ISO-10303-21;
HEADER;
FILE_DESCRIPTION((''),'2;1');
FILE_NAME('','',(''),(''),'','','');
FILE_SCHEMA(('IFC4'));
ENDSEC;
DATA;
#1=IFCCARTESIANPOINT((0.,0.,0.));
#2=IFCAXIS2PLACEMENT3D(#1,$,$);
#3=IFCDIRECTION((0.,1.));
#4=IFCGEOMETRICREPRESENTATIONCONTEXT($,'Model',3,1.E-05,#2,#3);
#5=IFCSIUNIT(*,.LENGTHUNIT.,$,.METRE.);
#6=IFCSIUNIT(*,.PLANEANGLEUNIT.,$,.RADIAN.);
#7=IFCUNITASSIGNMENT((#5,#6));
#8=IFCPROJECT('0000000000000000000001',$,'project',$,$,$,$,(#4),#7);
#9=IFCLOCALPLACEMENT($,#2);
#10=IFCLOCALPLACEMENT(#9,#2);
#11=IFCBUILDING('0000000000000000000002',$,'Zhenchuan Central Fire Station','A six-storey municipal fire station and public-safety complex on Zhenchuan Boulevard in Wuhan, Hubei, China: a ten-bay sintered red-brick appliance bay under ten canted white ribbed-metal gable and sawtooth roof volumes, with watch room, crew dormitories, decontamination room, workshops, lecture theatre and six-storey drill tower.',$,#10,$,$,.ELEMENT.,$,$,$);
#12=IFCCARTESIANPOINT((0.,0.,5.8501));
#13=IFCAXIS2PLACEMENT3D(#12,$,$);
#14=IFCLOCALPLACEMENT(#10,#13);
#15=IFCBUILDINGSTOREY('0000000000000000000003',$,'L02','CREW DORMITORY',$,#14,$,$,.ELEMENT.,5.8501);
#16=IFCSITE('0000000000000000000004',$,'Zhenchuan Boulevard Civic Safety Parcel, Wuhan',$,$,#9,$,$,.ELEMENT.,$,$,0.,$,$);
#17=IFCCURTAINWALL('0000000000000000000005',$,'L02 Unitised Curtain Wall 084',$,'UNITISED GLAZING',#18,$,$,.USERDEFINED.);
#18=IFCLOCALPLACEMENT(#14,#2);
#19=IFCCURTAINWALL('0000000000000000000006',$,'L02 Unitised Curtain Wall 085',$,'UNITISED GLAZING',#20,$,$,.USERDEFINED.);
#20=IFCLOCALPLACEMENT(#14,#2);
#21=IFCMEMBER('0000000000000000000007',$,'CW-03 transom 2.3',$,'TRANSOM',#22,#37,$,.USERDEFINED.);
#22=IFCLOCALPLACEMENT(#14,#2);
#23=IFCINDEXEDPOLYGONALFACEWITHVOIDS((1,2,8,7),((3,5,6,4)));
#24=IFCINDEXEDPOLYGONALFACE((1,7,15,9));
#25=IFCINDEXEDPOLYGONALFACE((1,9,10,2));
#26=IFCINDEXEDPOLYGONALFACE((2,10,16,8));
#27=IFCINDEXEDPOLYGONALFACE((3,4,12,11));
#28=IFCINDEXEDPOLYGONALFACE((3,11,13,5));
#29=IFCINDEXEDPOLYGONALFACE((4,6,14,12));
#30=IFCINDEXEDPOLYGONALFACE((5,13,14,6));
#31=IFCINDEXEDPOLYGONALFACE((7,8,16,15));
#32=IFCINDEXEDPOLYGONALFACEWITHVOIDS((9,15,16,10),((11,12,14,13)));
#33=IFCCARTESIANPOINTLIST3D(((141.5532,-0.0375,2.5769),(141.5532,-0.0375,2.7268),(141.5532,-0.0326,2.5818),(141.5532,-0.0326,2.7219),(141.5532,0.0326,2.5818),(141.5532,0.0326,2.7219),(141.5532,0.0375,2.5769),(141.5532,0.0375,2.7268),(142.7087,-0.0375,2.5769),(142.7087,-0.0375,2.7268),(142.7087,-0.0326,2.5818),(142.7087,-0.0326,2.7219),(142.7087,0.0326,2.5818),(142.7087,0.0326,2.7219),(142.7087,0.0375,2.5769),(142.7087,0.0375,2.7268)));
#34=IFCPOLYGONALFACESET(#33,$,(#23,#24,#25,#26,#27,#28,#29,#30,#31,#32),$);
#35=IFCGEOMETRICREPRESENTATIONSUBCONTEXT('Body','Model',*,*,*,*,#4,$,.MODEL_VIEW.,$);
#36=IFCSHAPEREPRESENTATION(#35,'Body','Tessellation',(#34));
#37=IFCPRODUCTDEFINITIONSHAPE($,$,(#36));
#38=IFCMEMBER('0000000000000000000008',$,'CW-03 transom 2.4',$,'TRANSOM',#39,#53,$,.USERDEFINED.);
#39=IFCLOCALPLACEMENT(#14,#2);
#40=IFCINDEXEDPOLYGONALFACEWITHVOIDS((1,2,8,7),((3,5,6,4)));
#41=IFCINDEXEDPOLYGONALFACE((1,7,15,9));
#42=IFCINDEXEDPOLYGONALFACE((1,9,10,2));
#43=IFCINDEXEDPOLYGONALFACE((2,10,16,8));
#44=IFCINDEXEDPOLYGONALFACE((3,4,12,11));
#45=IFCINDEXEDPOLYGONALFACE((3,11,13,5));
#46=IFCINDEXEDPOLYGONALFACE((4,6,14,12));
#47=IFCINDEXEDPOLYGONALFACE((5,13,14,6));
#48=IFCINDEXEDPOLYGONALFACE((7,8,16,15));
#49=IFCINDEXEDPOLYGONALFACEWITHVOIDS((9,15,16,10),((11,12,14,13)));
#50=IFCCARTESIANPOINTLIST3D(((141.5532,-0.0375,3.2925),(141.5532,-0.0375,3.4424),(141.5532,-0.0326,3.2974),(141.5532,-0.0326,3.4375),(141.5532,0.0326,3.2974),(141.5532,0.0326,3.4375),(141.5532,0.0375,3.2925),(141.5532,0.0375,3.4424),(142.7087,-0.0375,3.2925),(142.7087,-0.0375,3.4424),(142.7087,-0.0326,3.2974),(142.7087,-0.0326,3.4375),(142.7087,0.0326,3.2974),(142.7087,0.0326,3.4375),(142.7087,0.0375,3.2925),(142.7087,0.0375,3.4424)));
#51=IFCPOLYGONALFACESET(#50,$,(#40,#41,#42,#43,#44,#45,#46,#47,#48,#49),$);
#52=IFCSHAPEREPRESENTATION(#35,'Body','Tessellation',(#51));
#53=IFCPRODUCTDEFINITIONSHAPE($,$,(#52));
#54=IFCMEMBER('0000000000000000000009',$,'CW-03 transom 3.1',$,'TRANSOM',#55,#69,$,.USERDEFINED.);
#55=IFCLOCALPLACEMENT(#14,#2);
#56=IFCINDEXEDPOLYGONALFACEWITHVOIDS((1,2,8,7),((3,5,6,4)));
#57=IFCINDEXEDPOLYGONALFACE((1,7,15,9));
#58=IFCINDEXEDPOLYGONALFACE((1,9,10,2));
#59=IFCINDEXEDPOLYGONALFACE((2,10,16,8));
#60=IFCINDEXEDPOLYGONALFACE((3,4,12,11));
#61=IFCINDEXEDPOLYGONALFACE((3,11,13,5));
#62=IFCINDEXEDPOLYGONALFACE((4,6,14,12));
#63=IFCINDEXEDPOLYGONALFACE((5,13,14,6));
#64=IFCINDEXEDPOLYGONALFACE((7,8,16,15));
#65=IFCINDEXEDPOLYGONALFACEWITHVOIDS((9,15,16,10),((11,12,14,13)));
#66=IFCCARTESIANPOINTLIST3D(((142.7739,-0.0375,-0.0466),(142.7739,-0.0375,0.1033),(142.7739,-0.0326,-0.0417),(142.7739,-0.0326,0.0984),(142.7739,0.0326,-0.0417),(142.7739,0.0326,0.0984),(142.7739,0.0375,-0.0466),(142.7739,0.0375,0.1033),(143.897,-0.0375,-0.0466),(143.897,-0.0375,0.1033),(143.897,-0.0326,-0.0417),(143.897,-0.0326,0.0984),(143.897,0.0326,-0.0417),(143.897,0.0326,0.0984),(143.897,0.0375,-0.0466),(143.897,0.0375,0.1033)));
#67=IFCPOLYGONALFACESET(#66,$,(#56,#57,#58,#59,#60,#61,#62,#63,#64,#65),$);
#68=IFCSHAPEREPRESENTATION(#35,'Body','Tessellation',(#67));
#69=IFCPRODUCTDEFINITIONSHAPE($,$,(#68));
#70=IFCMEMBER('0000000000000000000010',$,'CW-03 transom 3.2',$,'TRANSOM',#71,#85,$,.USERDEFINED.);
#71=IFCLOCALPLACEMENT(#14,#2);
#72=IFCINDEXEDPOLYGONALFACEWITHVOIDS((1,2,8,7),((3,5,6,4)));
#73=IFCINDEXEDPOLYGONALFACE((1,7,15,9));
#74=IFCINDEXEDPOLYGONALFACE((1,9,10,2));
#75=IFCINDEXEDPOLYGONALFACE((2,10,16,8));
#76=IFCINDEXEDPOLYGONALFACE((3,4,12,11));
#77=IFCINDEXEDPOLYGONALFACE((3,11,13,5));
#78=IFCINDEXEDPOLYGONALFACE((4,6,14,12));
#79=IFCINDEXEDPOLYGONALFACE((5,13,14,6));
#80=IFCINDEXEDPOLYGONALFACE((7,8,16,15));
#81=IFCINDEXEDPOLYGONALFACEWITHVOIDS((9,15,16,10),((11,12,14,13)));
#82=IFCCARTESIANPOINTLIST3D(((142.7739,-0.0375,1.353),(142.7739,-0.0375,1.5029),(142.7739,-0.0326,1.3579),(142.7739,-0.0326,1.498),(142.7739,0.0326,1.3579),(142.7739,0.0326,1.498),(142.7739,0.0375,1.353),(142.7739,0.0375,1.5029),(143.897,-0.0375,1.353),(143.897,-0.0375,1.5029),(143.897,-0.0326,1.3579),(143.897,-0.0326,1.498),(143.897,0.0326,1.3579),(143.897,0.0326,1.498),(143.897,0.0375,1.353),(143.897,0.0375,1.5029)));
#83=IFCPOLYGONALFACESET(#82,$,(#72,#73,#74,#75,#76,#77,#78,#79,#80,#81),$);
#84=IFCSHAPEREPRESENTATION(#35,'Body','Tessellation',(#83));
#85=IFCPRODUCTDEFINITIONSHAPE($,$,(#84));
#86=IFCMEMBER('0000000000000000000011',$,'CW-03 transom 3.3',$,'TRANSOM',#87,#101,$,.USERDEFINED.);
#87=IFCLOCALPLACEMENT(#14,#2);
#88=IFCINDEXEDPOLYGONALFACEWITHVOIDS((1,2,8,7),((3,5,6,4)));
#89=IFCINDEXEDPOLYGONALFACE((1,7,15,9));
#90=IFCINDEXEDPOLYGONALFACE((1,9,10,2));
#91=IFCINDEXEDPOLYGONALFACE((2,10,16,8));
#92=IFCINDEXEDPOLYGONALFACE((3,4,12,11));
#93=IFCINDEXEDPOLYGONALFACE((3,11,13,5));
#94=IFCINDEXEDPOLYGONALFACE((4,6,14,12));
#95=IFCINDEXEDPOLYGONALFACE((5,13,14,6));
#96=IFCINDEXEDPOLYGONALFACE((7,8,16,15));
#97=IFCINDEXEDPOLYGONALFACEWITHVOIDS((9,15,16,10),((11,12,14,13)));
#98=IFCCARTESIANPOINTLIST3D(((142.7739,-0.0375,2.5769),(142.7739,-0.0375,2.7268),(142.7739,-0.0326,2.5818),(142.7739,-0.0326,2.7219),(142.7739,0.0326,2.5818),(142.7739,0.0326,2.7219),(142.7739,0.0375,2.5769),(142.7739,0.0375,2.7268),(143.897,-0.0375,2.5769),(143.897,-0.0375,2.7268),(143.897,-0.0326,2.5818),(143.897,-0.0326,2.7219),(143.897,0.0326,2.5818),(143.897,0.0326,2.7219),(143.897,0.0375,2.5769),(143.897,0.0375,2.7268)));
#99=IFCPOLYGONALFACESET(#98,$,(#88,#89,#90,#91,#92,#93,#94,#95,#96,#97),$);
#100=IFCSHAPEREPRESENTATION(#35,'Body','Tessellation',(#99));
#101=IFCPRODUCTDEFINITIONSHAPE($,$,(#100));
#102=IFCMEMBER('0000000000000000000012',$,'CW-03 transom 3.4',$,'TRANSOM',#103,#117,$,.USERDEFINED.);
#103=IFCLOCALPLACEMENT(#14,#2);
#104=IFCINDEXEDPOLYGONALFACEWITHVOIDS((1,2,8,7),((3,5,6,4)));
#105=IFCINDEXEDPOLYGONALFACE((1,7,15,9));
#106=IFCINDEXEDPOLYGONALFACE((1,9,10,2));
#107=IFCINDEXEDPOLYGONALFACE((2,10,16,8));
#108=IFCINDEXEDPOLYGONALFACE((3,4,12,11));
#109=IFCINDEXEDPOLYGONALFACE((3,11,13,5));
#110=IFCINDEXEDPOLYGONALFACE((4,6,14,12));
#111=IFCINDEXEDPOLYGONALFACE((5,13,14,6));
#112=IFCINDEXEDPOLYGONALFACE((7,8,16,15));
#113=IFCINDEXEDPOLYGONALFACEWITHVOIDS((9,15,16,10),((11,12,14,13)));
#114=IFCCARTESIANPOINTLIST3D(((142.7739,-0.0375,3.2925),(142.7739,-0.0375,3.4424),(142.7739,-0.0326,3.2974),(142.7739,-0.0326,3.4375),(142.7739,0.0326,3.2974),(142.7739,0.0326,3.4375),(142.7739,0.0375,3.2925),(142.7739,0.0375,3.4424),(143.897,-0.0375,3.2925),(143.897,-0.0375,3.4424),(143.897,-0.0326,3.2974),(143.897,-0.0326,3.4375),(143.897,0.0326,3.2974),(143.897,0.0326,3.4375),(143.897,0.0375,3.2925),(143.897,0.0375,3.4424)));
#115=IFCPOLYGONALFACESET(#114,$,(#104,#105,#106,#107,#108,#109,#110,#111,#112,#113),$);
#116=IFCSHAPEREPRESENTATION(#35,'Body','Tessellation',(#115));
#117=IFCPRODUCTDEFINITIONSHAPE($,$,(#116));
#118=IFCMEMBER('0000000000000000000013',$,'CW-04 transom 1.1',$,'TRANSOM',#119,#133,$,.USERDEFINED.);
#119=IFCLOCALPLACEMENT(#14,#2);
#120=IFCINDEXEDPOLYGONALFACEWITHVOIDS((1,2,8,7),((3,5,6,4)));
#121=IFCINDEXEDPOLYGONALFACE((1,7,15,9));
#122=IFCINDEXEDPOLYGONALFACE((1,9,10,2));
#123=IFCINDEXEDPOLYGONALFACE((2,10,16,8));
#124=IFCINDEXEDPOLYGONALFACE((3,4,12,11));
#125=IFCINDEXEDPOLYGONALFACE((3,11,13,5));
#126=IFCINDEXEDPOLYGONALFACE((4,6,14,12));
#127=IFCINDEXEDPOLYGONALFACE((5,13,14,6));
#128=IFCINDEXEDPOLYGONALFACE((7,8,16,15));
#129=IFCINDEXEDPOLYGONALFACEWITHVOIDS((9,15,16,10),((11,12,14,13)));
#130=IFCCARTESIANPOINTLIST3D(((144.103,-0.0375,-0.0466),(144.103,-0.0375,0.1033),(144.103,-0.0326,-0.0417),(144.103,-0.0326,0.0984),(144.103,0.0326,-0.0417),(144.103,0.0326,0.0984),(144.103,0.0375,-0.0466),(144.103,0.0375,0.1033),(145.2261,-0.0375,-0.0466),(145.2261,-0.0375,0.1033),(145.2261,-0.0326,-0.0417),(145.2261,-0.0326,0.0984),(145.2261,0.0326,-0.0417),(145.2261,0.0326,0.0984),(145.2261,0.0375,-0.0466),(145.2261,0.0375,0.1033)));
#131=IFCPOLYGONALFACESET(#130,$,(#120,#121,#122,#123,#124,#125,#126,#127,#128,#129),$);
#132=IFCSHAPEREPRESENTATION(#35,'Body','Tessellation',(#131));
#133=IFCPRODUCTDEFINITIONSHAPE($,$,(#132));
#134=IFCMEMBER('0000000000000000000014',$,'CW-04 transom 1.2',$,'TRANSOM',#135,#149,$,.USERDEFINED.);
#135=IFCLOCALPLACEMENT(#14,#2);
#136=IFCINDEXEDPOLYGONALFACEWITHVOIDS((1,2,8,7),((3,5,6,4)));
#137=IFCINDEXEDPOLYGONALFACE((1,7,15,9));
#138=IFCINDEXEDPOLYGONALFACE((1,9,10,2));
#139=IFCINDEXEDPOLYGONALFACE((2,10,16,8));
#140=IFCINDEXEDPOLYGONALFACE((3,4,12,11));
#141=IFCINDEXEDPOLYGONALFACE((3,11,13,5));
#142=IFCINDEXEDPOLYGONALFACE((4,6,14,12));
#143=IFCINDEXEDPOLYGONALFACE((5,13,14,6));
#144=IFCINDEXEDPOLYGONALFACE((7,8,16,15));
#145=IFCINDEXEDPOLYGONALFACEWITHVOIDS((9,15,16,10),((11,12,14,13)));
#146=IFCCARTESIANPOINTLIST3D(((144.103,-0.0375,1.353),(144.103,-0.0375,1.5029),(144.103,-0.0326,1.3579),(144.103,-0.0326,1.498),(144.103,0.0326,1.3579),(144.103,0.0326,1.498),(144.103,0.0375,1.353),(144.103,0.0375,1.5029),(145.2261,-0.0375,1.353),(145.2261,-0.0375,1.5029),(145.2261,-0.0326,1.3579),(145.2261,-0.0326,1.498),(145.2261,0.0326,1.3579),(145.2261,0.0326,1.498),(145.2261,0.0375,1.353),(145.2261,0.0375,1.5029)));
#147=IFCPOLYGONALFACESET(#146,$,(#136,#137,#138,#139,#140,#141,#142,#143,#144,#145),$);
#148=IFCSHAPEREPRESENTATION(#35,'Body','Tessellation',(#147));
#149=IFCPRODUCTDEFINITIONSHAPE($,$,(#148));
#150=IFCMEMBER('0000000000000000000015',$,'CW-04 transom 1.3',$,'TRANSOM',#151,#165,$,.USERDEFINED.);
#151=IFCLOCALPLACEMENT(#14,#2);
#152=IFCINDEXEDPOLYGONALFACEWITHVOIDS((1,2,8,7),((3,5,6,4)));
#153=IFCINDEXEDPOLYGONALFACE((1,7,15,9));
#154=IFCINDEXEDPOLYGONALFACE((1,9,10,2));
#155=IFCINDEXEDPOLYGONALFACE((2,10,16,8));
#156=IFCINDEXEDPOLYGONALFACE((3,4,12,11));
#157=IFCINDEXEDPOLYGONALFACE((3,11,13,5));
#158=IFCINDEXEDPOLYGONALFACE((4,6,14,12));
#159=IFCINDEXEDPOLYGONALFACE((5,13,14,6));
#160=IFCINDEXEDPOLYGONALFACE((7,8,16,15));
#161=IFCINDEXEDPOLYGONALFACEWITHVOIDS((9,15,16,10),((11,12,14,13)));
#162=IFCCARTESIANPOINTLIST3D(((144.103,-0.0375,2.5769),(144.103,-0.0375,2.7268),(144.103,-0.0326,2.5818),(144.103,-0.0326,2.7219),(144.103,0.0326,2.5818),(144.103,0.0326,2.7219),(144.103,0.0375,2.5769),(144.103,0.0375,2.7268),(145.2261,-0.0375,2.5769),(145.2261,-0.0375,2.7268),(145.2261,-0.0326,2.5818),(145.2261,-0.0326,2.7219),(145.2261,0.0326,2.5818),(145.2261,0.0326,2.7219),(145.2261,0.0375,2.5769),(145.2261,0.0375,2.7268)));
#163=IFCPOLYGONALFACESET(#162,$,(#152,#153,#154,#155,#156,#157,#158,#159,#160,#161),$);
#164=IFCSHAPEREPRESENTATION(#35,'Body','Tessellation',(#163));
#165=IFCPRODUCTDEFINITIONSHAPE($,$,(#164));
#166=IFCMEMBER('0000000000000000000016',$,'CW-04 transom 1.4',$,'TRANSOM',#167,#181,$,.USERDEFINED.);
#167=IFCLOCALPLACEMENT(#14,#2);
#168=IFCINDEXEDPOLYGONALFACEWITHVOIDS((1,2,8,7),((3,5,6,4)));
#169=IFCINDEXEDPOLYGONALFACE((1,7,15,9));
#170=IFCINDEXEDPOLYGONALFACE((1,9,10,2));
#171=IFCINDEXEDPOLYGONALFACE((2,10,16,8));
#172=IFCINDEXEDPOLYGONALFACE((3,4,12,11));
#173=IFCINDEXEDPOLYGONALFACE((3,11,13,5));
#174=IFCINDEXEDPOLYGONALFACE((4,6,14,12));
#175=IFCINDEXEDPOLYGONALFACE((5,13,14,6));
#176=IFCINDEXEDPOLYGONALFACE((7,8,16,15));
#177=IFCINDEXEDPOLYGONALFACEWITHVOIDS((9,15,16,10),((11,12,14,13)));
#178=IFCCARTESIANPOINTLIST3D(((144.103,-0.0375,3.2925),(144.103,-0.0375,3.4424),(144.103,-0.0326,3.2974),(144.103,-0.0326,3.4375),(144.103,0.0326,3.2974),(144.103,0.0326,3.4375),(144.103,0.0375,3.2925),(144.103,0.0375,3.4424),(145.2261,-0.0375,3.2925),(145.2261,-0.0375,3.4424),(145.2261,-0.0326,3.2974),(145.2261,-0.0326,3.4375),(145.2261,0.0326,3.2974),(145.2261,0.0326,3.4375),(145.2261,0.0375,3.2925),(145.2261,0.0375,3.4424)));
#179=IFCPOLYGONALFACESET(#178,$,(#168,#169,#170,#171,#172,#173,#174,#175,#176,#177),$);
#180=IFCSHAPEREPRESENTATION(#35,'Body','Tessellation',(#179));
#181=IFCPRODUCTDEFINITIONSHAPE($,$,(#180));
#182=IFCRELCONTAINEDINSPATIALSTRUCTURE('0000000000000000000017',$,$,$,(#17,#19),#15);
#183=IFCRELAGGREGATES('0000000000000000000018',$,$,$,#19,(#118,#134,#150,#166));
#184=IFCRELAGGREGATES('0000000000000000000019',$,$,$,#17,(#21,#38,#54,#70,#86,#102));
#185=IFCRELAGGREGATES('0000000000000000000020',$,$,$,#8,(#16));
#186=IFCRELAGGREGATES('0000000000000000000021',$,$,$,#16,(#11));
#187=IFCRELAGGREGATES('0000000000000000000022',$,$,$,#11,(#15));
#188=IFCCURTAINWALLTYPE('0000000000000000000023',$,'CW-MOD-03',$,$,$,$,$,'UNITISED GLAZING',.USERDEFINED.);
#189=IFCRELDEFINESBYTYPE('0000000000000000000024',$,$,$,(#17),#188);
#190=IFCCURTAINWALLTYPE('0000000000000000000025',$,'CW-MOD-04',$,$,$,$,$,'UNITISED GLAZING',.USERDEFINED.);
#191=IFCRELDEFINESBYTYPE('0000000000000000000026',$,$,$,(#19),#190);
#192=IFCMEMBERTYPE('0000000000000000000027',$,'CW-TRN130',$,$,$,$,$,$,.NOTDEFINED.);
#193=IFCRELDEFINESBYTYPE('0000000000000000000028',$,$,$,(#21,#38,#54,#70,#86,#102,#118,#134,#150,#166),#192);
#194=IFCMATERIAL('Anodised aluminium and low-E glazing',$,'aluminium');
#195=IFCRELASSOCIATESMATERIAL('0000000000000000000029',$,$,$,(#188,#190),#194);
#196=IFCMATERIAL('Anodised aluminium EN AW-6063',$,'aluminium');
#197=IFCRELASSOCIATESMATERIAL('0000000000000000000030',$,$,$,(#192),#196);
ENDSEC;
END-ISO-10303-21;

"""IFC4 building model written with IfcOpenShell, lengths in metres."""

from ifc_helpers import new_model, si_unit, direction, frame, origin, origin_2d, place, context, subcontext, project, spatial, hollow_rectangle, extrude, material, material_profile, profile_set, type_object, element, aggregate, save


model = new_model("IFC4")

# Units and contexts
model_context = context("Model", 3, precision=1e-05, world=origin(), true_north=direction((0.0, 1.0)))
body_context = subcontext(model_context, "Body", "Model", "MODEL_VIEW")
ifc_project = project(units=[si_unit("LENGTHUNIT", "METRE"), si_unit("PLANEANGLEUNIT", "RADIAN")], contexts=[model_context])

# Site, building, storey
site_placement = place(None, origin())
site = spatial("IfcSite", under=ifc_project, at=site_placement, Name="Zhenchuan Boulevard Civic Safety Parcel, Wuhan", CompositionType="ELEMENT", RefElevation=0.0)
building_placement = place(site_placement, origin())
building = spatial("IfcBuilding", under=site, at=building_placement, Name="Zhenchuan Central Fire Station", Description="A six-storey municipal fire station and public-safety complex on Zhenchuan Boulevard in Wuhan, Hubei, China: a ten-bay sintered red-brick appliance bay under ten canted white ribbed-metal gable and sawtooth roof volumes, with watch room, crew dormitories, decontamination room, workshops, lecture theatre and six-storey drill tower.", CompositionType="ELEMENT")
storey_placement = place(building_placement, frame((0.0, 0.0, 5.8501)))
storey = spatial("IfcBuildingStorey", under=building, at=storey_placement, Name="L02", Description="CREW DORMITORY", CompositionType="ELEMENT", Elevation=5.8501)

# Curtain wall
ifc_material_1 = material(Name="Anodised aluminium and low-E glazing", Category="aluminium")
curtain_wall_type_1 = type_object("IfcCurtainWallType", Name="CW-MOD-03", ElementType="UNITISED GLAZING", PredefinedType="USERDEFINED", material=ifc_material_1)
curtain_wall_1_placement = place(storey_placement, origin())
curtain_wall_1 = element("IfcCurtainWall", 1, at=curtain_wall_1_placement, inside=storey, type_object=curtain_wall_type_1, Name="L02 Unitised Curtain Wall 084", ObjectType="UNITISED GLAZING", PredefinedType="USERDEFINED")
ifc_material_2 = material(Name="Anodised aluminium EN AW-6063", Category="aluminium")

# Curtain wall
curtain_wall_type_2 = type_object("IfcCurtainWallType", Name="CW-MOD-04", ElementType="UNITISED GLAZING", PredefinedType="USERDEFINED", material=ifc_material_1)
curtain_wall_2_placement = place(storey_placement, origin())
curtain_wall_2 = element("IfcCurtainWall", 2, at=curtain_wall_2_placement, inside=storey, type_object=curtain_wall_type_2, Name="L02 Unitised Curtain Wall 085", ObjectType="UNITISED GLAZING", PredefinedType="USERDEFINED")

# Members
ifc_material_profile_1 = material_profile(ifc_material_2, hollow_rectangle(XDim=0.075, YDim=0.1499, WallThickness=0.0049, at=origin_2d()), Name="ALU-T 150x75")
ifc_profile_set_1 = profile_set([ifc_material_profile_1], Name="Anodised aluminium EN AW-6063")
member_type_1 = type_object("IfcMemberType", Name="CW-TRN130", PredefinedType="NOTDEFINED", material=ifc_profile_set_1)
member_1_placement = place(storey_placement, frame((141.5532, 0.0, 2.6519), z_axis=(1.0, 0.0, 0.0), x_axis=(0.0, 1.0, 0.0)))
member_1 = element("IfcMember", 3, at=member_1_placement, type_object=member_type_1, Name="CW-03 transom 2.3", ObjectType="TRANSOM", PredefinedType="USERDEFINED", context=body_context, shape_type="SweptSolid", body=[
    extrude(hollow_rectangle(XDim=0.075, YDim=0.1499, WallThickness=0.0049, at=origin_2d()), origin(), (0.0, 0.0, 1.0), 1.1555),
])
member_2_placement = place(storey_placement, frame((141.5532, 0.0, 3.3674), z_axis=(1.0, 0.0, 0.0), x_axis=(0.0, 1.0, 0.0)))
member_2 = element("IfcMember", 4, at=member_2_placement, type_object=member_type_1, Name="CW-03 transom 2.4", ObjectType="TRANSOM", PredefinedType="USERDEFINED", context=body_context, shape_type="SweptSolid", body=[
    extrude(hollow_rectangle(XDim=0.075, YDim=0.1499, WallThickness=0.0049, at=origin_2d()), origin(), (0.0, 0.0, 1.0), 1.1555),
])
member_3_placement = place(storey_placement, frame((142.7739, 0.0, 0.0283), z_axis=(1.0, 0.0, 0.0), x_axis=(0.0, 1.0, 0.0)))
member_3 = element("IfcMember", 5, at=member_3_placement, type_object=member_type_1, Name="CW-03 transom 3.1", ObjectType="TRANSOM", PredefinedType="USERDEFINED", context=body_context, shape_type="SweptSolid", body=[
    extrude(hollow_rectangle(XDim=0.075, YDim=0.1499, WallThickness=0.0049, at=origin_2d()), origin(), (0.0, 0.0, 1.0), 1.123),
])
member_4_placement = place(storey_placement, frame((142.7739, 0.0, 1.428), z_axis=(1.0, 0.0, 0.0), x_axis=(0.0, 1.0, 0.0)))
member_4 = element("IfcMember", 6, at=member_4_placement, type_object=member_type_1, Name="CW-03 transom 3.2", ObjectType="TRANSOM", PredefinedType="USERDEFINED", context=body_context, shape_type="SweptSolid", body=[
    extrude(hollow_rectangle(XDim=0.075, YDim=0.1499, WallThickness=0.0049, at=origin_2d()), origin(), (0.0, 0.0, 1.0), 1.123),
])
member_5_placement = place(storey_placement, frame((142.7739, 0.0, 2.6519), z_axis=(1.0, 0.0, 0.0), x_axis=(0.0, 1.0, 0.0)))
member_5 = element("IfcMember", 7, at=member_5_placement, type_object=member_type_1, Name="CW-03 transom 3.3", ObjectType="TRANSOM", PredefinedType="USERDEFINED", context=body_context, shape_type="SweptSolid", body=[
    extrude(hollow_rectangle(XDim=0.075, YDim=0.1499, WallThickness=0.0049, at=origin_2d()), origin(), (0.0, 0.0, 1.0), 1.123),
])
member_6_placement = place(storey_placement, frame((142.7739, 0.0, 3.3674), z_axis=(1.0, 0.0, 0.0), x_axis=(0.0, 1.0, 0.0)))
member_6 = element("IfcMember", 8, at=member_6_placement, type_object=member_type_1, Name="CW-03 transom 3.4", ObjectType="TRANSOM", PredefinedType="USERDEFINED", context=body_context, shape_type="SweptSolid", body=[
    extrude(hollow_rectangle(XDim=0.075, YDim=0.1499, WallThickness=0.0049, at=origin_2d()), origin(), (0.0, 0.0, 1.0), 1.123),
])
member_7_placement = place(storey_placement, frame((144.103, 0.0, 0.0283), z_axis=(1.0, 0.0, 0.0), x_axis=(0.0, 1.0, 0.0)))
member_7 = element("IfcMember", 9, at=member_7_placement, type_object=member_type_1, Name="CW-04 transom 1.1", ObjectType="TRANSOM", PredefinedType="USERDEFINED", context=body_context, shape_type="SweptSolid", body=[
    extrude(hollow_rectangle(XDim=0.075, YDim=0.1499, WallThickness=0.0049, at=origin_2d()), origin(), (0.0, 0.0, 1.0), 1.123),
])
member_8_placement = place(storey_placement, frame((144.103, 0.0, 1.428), z_axis=(1.0, 0.0, 0.0), x_axis=(0.0, 1.0, 0.0)))
member_8 = element("IfcMember", 10, at=member_8_placement, type_object=member_type_1, Name="CW-04 transom 1.2", ObjectType="TRANSOM", PredefinedType="USERDEFINED", context=body_context, shape_type="SweptSolid", body=[
    extrude(hollow_rectangle(XDim=0.075, YDim=0.1499, WallThickness=0.0049, at=origin_2d()), origin(), (0.0, 0.0, 1.0), 1.123),
])
member_9_placement = place(storey_placement, frame((144.103, 0.0, 2.6519), z_axis=(1.0, 0.0, 0.0), x_axis=(0.0, 1.0, 0.0)))
member_9 = element("IfcMember", 11, at=member_9_placement, type_object=member_type_1, Name="CW-04 transom 1.3", ObjectType="TRANSOM", PredefinedType="USERDEFINED", context=body_context, shape_type="SweptSolid", body=[
    extrude(hollow_rectangle(XDim=0.075, YDim=0.1499, WallThickness=0.0049, at=origin_2d()), origin(), (0.0, 0.0, 1.0), 1.123),
])
member_10_placement = place(storey_placement, frame((144.103, 0.0, 3.3674), z_axis=(1.0, 0.0, 0.0), x_axis=(0.0, 1.0, 0.0)))
member_10 = element("IfcMember", 12, at=member_10_placement, type_object=member_type_1, Name="CW-04 transom 1.4", ObjectType="TRANSOM", PredefinedType="USERDEFINED", context=body_context, shape_type="SweptSolid", body=[
    extrude(hollow_rectangle(XDim=0.075, YDim=0.1499, WallThickness=0.0049, at=origin_2d()), origin(), (0.0, 0.0, 1.0), 1.123),
])
aggregate(curtain_wall_2, [member_7, member_8, member_9, member_10])

aggregate(curtain_wall_1, [member_1, member_2, member_3, member_4, member_5, member_6])

save(model, "model.ifc")
